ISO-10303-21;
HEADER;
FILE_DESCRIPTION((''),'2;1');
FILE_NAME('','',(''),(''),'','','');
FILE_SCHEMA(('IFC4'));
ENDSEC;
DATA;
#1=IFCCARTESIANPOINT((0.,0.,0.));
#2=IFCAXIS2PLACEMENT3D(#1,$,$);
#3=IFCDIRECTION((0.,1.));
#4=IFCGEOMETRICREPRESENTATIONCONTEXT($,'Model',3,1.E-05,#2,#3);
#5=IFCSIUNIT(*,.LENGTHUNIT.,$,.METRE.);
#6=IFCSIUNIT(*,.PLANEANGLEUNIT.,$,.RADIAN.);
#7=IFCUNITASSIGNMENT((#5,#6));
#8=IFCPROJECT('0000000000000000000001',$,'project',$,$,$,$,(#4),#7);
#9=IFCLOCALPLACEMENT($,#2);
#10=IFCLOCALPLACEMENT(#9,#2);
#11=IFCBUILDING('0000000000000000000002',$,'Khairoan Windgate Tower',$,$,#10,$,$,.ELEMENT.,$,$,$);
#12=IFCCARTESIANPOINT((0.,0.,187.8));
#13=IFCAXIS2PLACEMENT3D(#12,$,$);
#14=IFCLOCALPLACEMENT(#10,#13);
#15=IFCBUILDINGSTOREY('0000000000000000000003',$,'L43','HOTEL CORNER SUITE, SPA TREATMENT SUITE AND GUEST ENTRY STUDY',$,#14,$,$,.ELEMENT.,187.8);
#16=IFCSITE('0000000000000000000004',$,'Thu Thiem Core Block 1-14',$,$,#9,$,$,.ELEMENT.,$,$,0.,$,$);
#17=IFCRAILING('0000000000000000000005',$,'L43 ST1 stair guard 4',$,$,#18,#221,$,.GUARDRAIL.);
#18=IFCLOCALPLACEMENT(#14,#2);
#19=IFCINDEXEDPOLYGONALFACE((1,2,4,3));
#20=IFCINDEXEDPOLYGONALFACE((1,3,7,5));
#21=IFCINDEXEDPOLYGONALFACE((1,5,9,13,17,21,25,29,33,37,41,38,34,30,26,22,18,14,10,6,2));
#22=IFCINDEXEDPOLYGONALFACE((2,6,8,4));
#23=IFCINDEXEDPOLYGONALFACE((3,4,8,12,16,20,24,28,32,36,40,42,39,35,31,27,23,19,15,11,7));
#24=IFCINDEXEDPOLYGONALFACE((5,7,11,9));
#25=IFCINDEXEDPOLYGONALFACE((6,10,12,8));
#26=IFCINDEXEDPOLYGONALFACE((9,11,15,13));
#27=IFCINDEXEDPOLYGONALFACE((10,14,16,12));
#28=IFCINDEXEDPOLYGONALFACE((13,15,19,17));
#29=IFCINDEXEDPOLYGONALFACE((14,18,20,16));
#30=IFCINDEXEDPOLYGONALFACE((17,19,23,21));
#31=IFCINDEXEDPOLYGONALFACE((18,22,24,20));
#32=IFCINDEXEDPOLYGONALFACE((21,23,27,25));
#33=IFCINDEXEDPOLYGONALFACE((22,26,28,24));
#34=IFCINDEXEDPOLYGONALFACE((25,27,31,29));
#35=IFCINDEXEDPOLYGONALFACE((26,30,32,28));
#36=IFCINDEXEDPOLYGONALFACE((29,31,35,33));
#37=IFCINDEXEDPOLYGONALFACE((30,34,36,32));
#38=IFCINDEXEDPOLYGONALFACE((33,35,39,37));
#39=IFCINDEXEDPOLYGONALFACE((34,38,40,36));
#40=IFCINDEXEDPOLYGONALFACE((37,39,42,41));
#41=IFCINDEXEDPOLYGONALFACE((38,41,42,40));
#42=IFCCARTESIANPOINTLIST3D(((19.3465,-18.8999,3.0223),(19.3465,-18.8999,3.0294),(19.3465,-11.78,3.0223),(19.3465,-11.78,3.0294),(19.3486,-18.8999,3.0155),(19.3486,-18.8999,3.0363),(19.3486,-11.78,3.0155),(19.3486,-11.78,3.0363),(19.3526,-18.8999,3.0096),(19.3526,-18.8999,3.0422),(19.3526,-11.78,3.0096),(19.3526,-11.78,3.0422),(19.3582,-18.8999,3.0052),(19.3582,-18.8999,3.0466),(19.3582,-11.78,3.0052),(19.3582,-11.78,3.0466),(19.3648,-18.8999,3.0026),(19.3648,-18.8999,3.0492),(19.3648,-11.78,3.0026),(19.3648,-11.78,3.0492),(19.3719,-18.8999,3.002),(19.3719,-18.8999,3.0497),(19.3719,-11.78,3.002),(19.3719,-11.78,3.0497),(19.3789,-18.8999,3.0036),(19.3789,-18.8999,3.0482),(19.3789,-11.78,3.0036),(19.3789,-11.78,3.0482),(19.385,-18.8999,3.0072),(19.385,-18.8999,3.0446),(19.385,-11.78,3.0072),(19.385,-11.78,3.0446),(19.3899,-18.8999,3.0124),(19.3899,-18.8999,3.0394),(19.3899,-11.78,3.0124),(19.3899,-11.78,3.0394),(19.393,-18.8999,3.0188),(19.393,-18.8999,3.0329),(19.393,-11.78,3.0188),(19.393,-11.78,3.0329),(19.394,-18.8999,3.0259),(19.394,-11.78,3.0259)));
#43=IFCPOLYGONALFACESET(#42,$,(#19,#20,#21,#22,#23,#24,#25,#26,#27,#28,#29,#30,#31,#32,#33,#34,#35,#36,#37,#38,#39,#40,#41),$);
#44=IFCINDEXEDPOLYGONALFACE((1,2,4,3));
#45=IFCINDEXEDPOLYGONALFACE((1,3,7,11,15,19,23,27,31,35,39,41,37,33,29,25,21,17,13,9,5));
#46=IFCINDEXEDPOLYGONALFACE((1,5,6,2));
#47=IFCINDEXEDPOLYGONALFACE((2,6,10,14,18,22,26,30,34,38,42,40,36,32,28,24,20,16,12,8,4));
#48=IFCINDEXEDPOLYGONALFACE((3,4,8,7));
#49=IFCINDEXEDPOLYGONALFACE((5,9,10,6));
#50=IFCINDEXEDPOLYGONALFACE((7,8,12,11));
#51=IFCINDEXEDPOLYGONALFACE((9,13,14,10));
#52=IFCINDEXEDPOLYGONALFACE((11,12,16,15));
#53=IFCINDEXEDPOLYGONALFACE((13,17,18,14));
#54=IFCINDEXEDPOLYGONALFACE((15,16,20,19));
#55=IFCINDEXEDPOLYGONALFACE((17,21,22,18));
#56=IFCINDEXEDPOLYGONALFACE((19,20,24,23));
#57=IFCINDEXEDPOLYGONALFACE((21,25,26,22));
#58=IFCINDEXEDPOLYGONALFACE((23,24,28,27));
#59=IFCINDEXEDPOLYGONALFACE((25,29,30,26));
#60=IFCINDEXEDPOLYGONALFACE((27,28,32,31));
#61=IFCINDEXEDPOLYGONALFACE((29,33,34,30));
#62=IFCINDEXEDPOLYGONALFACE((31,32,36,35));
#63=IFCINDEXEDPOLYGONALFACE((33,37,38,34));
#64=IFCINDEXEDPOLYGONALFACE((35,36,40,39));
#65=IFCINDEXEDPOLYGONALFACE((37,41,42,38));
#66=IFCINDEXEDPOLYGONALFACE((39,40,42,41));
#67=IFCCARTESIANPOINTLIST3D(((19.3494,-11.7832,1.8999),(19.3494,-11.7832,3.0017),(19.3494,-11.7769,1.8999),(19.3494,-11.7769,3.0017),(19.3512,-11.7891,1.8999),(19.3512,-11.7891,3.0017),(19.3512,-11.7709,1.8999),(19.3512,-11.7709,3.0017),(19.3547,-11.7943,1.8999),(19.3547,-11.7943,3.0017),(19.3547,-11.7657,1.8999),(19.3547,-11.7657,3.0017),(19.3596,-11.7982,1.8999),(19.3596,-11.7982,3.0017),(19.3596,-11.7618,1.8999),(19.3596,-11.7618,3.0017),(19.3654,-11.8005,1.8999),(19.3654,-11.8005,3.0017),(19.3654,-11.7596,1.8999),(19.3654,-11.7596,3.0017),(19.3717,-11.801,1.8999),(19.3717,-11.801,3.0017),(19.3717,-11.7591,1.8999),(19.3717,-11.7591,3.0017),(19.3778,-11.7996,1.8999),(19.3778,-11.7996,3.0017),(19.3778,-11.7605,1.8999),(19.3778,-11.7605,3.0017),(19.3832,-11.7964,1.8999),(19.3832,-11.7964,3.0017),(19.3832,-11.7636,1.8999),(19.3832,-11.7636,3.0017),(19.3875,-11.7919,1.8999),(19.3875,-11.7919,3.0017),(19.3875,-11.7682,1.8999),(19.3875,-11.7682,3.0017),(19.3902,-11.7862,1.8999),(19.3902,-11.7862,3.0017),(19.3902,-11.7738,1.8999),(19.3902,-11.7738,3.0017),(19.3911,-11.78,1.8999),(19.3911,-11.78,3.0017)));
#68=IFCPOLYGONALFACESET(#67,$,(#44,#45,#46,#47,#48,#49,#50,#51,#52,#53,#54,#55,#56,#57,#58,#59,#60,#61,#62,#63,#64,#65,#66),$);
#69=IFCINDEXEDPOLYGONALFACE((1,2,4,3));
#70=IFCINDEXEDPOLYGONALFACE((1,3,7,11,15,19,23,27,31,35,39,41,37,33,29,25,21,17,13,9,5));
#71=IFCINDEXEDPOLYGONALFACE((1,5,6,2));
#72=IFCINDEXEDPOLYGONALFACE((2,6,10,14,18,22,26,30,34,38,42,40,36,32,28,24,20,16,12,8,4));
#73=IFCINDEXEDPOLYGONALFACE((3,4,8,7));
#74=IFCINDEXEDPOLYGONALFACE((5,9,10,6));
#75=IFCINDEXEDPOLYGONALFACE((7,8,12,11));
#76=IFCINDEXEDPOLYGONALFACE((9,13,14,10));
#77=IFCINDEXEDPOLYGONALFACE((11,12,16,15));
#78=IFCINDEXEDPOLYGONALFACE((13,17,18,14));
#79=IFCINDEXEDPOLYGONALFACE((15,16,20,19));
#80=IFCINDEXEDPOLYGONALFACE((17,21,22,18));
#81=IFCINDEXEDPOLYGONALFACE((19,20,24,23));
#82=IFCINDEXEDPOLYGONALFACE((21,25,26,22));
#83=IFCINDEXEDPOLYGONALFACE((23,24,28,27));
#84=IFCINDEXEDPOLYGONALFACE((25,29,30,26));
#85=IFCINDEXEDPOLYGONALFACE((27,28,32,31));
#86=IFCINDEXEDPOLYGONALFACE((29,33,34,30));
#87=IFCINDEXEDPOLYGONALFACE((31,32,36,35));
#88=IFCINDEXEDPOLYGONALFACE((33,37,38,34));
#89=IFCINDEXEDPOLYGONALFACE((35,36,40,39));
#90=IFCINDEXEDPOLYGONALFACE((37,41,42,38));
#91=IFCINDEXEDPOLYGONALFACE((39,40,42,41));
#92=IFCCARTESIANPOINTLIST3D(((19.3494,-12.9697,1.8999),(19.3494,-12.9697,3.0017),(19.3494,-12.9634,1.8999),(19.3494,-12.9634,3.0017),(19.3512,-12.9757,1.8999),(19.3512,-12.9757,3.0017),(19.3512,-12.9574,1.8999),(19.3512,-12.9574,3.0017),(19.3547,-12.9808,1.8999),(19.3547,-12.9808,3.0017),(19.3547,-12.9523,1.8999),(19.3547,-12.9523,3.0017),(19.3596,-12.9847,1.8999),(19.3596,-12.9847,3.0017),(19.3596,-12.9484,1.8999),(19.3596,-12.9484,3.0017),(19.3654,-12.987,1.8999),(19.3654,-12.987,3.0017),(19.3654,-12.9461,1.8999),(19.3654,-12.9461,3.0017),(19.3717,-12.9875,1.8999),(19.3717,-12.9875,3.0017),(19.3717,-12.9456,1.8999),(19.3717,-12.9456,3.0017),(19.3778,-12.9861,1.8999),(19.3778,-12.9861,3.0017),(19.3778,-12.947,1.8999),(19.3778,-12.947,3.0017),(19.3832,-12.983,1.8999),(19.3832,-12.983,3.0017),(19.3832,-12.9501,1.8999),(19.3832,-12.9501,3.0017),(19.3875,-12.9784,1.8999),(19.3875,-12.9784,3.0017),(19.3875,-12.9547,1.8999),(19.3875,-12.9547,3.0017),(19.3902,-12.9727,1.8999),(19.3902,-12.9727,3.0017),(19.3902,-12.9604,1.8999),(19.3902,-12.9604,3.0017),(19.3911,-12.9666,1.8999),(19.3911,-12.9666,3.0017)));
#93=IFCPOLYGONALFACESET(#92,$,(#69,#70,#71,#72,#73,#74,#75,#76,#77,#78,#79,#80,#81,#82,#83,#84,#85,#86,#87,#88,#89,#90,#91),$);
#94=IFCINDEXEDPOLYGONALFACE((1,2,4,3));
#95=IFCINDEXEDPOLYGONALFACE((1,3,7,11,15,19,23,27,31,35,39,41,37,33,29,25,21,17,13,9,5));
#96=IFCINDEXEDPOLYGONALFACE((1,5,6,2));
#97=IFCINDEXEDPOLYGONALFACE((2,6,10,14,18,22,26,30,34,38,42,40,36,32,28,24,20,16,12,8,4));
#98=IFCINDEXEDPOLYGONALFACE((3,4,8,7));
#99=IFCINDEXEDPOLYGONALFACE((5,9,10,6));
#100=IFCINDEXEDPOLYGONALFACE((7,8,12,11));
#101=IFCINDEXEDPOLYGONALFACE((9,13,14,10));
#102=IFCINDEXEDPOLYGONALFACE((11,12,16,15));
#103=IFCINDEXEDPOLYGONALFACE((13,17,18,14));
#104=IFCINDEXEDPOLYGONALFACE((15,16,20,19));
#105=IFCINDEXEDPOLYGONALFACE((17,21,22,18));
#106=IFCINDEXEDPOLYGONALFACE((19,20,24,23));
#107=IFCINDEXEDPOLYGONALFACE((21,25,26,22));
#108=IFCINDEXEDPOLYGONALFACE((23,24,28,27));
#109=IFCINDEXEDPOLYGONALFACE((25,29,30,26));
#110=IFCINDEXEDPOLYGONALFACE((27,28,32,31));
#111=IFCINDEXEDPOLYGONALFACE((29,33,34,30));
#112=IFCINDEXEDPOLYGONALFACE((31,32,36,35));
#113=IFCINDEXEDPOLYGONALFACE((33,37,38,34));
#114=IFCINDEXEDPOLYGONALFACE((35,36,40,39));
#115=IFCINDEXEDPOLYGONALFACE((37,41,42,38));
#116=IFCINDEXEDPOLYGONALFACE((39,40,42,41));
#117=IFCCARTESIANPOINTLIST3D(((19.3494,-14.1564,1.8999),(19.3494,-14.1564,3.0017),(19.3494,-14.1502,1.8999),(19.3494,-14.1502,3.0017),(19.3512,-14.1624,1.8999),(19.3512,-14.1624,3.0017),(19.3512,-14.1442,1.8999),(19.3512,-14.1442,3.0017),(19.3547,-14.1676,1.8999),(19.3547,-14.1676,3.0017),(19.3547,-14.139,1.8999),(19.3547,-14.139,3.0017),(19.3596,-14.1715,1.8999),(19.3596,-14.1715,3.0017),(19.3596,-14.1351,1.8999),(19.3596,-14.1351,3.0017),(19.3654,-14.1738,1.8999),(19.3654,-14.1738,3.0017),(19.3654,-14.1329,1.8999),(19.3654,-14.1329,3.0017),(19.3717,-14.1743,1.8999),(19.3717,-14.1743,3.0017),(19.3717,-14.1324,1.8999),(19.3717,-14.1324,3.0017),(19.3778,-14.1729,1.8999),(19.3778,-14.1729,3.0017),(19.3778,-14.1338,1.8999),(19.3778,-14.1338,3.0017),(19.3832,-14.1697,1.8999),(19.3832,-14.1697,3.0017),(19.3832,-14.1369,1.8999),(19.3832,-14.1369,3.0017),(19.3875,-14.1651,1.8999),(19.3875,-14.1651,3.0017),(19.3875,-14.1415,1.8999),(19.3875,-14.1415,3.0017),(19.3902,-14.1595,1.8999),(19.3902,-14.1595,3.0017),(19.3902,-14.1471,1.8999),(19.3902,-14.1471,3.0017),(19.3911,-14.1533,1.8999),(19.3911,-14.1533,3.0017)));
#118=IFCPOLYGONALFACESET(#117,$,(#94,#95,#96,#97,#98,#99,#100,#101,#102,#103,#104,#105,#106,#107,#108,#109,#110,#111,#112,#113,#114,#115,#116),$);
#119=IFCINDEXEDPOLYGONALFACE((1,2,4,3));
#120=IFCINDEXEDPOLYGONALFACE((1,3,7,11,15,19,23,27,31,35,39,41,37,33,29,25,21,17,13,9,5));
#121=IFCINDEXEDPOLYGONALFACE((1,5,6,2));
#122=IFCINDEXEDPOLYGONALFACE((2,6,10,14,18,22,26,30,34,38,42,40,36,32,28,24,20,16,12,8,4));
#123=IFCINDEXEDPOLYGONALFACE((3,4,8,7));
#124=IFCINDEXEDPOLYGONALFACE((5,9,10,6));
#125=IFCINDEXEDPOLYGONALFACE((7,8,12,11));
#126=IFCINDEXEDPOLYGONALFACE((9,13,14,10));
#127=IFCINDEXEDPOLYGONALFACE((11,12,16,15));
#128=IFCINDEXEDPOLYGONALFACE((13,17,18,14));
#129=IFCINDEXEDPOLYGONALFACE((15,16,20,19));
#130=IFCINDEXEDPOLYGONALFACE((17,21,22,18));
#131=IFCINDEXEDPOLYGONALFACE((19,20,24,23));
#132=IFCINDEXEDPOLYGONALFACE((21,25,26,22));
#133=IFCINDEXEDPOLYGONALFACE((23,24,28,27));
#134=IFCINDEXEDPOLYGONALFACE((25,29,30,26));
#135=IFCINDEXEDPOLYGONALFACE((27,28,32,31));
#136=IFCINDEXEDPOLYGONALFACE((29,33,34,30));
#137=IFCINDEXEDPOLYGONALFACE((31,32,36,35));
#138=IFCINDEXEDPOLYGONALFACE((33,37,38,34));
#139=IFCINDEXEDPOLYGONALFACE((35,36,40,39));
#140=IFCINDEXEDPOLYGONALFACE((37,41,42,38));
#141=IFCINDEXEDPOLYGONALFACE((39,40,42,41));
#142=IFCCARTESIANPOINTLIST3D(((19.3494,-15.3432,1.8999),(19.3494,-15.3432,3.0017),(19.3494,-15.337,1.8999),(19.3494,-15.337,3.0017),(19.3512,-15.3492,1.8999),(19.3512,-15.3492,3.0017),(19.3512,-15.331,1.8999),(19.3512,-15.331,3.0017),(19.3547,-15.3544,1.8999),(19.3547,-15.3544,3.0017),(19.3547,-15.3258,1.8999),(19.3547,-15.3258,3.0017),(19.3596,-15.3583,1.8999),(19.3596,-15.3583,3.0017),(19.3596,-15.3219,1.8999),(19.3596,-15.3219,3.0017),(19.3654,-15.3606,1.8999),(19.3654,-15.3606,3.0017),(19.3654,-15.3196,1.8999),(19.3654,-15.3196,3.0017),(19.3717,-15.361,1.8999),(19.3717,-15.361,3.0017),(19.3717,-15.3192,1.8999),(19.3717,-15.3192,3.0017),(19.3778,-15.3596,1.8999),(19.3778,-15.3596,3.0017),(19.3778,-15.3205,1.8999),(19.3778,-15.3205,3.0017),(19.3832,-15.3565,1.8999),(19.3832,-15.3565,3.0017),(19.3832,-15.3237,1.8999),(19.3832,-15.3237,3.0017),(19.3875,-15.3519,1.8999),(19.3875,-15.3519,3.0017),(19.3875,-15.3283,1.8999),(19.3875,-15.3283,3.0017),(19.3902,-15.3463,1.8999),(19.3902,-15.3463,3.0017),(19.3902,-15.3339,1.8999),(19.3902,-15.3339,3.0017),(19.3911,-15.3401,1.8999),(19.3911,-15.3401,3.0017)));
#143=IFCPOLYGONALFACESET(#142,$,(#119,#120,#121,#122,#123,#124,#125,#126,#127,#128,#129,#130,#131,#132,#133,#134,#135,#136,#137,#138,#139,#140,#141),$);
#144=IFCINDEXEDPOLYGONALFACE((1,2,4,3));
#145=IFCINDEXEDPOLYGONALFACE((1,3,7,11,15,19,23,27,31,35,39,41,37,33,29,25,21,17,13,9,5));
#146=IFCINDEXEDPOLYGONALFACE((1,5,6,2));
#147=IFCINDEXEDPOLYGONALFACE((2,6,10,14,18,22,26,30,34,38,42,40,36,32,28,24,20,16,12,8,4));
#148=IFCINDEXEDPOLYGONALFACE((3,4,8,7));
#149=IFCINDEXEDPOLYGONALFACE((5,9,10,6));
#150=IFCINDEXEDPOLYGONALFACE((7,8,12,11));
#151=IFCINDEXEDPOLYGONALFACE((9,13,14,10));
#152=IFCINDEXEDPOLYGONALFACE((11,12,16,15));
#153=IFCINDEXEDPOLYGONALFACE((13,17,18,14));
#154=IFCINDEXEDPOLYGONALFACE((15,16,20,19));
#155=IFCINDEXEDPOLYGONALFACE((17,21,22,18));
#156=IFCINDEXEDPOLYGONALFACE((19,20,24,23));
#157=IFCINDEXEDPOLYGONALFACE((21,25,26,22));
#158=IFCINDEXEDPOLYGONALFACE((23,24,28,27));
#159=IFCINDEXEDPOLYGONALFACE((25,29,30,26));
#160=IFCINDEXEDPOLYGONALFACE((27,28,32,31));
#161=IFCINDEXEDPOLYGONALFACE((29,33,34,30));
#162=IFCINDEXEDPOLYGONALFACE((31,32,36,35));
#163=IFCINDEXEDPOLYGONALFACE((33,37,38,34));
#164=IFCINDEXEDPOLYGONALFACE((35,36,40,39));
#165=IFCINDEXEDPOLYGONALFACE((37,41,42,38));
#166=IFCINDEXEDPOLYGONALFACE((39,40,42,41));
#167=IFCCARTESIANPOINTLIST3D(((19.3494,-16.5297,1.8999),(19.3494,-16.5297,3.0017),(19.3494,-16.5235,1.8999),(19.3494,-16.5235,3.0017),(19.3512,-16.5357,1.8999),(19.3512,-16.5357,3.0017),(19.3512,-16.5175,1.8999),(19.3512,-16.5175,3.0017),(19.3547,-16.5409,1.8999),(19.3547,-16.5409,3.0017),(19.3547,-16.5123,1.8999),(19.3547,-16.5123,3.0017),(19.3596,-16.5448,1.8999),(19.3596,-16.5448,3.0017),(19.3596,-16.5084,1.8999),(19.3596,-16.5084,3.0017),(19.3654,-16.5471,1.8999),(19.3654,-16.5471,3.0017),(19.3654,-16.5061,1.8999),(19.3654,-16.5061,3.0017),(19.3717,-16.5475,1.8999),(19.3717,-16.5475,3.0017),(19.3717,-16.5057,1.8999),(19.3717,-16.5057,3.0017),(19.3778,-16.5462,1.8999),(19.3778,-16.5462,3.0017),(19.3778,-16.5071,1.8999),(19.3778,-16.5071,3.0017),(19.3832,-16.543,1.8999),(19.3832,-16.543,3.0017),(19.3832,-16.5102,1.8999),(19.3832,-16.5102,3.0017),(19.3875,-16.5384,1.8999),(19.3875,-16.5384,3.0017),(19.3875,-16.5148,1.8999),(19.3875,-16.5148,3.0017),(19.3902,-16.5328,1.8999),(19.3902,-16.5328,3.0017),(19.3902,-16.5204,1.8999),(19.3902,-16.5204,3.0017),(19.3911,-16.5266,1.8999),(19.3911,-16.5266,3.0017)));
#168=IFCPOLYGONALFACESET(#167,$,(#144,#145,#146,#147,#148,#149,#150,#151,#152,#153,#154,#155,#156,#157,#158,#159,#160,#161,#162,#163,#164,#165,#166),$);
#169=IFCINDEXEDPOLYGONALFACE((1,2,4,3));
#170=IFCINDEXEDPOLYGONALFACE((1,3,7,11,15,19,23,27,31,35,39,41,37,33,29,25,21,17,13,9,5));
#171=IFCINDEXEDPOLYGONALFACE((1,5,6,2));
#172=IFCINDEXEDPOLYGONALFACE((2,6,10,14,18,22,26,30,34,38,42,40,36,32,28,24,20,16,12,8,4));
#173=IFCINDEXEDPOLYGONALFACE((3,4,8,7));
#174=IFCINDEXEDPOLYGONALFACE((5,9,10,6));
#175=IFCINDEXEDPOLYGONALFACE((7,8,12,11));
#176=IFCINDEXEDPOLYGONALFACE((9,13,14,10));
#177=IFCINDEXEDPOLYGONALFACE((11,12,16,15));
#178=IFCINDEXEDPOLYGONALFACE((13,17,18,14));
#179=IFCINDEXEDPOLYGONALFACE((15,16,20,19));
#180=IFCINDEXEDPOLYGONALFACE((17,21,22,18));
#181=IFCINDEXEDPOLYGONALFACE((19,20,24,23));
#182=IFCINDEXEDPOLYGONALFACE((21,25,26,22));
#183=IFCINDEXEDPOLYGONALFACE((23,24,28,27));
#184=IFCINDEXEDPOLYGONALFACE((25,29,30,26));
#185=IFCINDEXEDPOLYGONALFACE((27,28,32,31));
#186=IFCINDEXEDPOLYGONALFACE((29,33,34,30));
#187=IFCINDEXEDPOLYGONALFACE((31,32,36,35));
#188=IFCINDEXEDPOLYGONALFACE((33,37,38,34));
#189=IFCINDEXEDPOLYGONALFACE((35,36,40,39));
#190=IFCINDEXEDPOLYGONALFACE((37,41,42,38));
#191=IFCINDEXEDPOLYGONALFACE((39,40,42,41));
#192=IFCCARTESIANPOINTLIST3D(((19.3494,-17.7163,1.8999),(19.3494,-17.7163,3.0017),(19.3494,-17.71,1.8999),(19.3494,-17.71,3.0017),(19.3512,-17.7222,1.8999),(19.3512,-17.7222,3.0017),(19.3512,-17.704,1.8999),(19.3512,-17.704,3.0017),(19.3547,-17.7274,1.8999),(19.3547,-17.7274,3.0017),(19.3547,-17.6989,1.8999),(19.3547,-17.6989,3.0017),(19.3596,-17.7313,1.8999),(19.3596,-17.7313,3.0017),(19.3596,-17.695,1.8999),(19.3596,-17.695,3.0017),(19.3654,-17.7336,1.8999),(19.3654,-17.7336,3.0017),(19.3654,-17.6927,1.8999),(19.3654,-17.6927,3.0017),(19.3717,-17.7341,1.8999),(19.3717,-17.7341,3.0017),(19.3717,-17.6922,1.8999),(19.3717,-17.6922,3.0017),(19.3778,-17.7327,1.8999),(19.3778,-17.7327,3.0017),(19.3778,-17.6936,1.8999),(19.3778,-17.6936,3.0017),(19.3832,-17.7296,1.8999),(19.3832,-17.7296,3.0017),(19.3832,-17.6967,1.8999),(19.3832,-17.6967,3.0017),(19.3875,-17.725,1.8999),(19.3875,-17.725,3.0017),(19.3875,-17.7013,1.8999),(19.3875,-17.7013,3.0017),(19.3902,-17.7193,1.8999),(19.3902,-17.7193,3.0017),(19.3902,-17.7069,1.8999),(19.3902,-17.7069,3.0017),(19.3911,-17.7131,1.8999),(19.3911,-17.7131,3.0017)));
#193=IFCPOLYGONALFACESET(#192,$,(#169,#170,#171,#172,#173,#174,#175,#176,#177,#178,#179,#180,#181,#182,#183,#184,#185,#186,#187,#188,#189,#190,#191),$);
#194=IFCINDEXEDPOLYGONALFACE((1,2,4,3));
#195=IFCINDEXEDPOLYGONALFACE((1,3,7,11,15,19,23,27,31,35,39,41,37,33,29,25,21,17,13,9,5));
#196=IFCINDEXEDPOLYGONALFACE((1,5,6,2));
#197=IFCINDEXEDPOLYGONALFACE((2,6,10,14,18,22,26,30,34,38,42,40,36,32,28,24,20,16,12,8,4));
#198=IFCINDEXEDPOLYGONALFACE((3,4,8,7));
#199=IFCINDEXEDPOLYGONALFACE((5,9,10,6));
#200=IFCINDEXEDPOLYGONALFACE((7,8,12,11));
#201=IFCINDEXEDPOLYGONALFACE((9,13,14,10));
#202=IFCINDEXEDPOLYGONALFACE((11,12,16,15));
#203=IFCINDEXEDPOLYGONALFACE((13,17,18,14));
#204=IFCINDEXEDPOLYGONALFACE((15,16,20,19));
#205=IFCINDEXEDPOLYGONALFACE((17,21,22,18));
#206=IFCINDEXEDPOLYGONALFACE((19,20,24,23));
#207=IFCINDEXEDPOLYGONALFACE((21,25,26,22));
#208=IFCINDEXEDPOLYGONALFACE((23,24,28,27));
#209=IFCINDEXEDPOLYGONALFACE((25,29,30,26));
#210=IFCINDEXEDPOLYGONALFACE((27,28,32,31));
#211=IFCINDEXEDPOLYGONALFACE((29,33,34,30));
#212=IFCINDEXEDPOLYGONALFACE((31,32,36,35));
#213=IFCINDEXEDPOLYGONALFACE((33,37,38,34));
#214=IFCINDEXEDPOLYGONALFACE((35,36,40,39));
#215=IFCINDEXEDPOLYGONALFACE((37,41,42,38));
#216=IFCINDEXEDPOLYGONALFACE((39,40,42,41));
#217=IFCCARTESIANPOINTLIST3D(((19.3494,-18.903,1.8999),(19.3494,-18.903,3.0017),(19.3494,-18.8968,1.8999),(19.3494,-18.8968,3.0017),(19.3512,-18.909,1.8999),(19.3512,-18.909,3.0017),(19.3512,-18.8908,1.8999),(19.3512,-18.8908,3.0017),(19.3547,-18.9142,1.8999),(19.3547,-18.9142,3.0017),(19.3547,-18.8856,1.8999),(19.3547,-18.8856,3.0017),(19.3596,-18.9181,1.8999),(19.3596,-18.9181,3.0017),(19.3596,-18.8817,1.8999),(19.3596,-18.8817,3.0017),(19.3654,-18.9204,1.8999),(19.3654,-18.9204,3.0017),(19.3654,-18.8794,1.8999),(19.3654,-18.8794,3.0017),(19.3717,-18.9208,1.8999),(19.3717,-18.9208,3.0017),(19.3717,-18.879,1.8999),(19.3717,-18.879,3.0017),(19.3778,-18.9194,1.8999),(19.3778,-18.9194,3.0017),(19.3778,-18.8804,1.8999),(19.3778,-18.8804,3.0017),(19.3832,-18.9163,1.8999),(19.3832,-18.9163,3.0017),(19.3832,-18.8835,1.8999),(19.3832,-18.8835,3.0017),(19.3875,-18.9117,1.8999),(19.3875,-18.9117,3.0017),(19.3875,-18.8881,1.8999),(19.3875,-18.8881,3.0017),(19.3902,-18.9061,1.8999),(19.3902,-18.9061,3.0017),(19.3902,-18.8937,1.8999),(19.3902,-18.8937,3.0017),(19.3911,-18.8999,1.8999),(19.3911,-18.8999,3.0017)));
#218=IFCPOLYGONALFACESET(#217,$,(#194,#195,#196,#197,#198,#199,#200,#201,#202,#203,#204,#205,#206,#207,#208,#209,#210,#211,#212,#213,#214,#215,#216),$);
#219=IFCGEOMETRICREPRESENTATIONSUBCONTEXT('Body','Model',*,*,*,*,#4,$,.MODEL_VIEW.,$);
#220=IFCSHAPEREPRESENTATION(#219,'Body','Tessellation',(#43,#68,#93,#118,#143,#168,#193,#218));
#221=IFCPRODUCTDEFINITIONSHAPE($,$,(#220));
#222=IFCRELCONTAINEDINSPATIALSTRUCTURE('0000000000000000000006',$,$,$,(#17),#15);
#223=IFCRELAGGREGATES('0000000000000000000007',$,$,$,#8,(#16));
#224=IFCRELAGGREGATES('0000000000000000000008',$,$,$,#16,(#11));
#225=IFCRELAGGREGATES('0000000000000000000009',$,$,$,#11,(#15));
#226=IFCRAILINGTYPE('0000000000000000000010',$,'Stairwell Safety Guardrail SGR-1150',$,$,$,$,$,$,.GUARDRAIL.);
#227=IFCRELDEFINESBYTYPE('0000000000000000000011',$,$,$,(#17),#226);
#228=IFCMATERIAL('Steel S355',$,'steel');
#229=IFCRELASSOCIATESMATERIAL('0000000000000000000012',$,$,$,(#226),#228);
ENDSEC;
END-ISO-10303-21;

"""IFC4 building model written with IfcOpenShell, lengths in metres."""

from ifc_helpers import new_model, si_unit, direction, frame, origin, origin_2d, place, context, subcontext, project, spatial, circle, extrude, material, type_object, element, save


model = new_model("IFC4")

# Units and contexts
model_context = context("Model", 3, precision=1e-05, world=origin(), true_north=direction((0.0, 1.0)))
body_context = subcontext(model_context, "Body", "Model", "MODEL_VIEW")
ifc_project = project(units=[si_unit("LENGTHUNIT", "METRE"), si_unit("PLANEANGLEUNIT", "RADIAN")], contexts=[model_context])

# Site, building, storey
site_placement = place(None, origin())
site = spatial("IfcSite", under=ifc_project, at=site_placement, Name="Thu Thiem Core Block 1-14", CompositionType="ELEMENT", RefElevation=0.0)
building_placement = place(site_placement, origin())
building = spatial("IfcBuilding", under=site, at=building_placement, Name="Khairoan Windgate Tower", CompositionType="ELEMENT")
storey_placement = place(building_placement, frame((0.0, 0.0, 187.8)))
storey = spatial("IfcBuildingStorey", under=building, at=storey_placement, Name="L43", Description="HOTEL CORNER SUITE, SPA TREATMENT SUITE AND GUEST ENTRY STUDY", CompositionType="ELEMENT", Elevation=187.8)

# Railing
ifc_material_1 = material(Name="Steel S355", Category="steel")
railing_type_1 = type_object("IfcRailingType", Name="Stairwell Safety Guardrail SGR-1150", PredefinedType="GUARDRAIL", material=ifc_material_1)
railing_1_placement = place(storey_placement, frame((19.3701, -11.78, 1.8999)))
element("IfcRailing", 1, at=railing_1_placement, inside=storey, type_object=railing_type_1, Name="L43 ST1 stair guard 4", PredefinedType="GUARDRAIL", context=body_context, shape_type="SweptSolid", body=[
    extrude(circle(Radius=0.0239, at=origin_2d()), frame((0.0, 0.0, 1.126), z_axis=(0.0, -1.0, 0.0), x_axis=(1.0, 0.0, 0.0)), (0.0, 0.0, 1.0), 7.1199),
    extrude(circle(Radius=0.021, at=origin_2d()), origin(), (0.0, 0.0, 1.0), 1.1018),
    extrude(circle(Radius=0.021, at=origin_2d()), frame((0.0, -1.1865, 0.0)), (0.0, 0.0, 1.0), 1.1018),
    extrude(circle(Radius=0.021, at=origin_2d()), frame((0.0, -2.3733, 0.0)), (0.0, 0.0, 1.0), 1.1018),
    extrude(circle(Radius=0.021, at=origin_2d()), frame((0.0, -3.5601, 0.0)), (0.0, 0.0, 1.0), 1.1018),
    extrude(circle(Radius=0.021, at=origin_2d()), frame((0.0, -4.7466, 0.0)), (0.0, 0.0, 1.0), 1.1018),
    extrude(circle(Radius=0.021, at=origin_2d()), frame((0.0, -5.9331, 0.0)), (0.0, 0.0, 1.0), 1.1018),
    extrude(circle(Radius=0.021, at=origin_2d()), frame((0.0, -7.1199, 0.0)), (0.0, 0.0, 1.0), 1.1018),
])

save(model, "model.ifc")
